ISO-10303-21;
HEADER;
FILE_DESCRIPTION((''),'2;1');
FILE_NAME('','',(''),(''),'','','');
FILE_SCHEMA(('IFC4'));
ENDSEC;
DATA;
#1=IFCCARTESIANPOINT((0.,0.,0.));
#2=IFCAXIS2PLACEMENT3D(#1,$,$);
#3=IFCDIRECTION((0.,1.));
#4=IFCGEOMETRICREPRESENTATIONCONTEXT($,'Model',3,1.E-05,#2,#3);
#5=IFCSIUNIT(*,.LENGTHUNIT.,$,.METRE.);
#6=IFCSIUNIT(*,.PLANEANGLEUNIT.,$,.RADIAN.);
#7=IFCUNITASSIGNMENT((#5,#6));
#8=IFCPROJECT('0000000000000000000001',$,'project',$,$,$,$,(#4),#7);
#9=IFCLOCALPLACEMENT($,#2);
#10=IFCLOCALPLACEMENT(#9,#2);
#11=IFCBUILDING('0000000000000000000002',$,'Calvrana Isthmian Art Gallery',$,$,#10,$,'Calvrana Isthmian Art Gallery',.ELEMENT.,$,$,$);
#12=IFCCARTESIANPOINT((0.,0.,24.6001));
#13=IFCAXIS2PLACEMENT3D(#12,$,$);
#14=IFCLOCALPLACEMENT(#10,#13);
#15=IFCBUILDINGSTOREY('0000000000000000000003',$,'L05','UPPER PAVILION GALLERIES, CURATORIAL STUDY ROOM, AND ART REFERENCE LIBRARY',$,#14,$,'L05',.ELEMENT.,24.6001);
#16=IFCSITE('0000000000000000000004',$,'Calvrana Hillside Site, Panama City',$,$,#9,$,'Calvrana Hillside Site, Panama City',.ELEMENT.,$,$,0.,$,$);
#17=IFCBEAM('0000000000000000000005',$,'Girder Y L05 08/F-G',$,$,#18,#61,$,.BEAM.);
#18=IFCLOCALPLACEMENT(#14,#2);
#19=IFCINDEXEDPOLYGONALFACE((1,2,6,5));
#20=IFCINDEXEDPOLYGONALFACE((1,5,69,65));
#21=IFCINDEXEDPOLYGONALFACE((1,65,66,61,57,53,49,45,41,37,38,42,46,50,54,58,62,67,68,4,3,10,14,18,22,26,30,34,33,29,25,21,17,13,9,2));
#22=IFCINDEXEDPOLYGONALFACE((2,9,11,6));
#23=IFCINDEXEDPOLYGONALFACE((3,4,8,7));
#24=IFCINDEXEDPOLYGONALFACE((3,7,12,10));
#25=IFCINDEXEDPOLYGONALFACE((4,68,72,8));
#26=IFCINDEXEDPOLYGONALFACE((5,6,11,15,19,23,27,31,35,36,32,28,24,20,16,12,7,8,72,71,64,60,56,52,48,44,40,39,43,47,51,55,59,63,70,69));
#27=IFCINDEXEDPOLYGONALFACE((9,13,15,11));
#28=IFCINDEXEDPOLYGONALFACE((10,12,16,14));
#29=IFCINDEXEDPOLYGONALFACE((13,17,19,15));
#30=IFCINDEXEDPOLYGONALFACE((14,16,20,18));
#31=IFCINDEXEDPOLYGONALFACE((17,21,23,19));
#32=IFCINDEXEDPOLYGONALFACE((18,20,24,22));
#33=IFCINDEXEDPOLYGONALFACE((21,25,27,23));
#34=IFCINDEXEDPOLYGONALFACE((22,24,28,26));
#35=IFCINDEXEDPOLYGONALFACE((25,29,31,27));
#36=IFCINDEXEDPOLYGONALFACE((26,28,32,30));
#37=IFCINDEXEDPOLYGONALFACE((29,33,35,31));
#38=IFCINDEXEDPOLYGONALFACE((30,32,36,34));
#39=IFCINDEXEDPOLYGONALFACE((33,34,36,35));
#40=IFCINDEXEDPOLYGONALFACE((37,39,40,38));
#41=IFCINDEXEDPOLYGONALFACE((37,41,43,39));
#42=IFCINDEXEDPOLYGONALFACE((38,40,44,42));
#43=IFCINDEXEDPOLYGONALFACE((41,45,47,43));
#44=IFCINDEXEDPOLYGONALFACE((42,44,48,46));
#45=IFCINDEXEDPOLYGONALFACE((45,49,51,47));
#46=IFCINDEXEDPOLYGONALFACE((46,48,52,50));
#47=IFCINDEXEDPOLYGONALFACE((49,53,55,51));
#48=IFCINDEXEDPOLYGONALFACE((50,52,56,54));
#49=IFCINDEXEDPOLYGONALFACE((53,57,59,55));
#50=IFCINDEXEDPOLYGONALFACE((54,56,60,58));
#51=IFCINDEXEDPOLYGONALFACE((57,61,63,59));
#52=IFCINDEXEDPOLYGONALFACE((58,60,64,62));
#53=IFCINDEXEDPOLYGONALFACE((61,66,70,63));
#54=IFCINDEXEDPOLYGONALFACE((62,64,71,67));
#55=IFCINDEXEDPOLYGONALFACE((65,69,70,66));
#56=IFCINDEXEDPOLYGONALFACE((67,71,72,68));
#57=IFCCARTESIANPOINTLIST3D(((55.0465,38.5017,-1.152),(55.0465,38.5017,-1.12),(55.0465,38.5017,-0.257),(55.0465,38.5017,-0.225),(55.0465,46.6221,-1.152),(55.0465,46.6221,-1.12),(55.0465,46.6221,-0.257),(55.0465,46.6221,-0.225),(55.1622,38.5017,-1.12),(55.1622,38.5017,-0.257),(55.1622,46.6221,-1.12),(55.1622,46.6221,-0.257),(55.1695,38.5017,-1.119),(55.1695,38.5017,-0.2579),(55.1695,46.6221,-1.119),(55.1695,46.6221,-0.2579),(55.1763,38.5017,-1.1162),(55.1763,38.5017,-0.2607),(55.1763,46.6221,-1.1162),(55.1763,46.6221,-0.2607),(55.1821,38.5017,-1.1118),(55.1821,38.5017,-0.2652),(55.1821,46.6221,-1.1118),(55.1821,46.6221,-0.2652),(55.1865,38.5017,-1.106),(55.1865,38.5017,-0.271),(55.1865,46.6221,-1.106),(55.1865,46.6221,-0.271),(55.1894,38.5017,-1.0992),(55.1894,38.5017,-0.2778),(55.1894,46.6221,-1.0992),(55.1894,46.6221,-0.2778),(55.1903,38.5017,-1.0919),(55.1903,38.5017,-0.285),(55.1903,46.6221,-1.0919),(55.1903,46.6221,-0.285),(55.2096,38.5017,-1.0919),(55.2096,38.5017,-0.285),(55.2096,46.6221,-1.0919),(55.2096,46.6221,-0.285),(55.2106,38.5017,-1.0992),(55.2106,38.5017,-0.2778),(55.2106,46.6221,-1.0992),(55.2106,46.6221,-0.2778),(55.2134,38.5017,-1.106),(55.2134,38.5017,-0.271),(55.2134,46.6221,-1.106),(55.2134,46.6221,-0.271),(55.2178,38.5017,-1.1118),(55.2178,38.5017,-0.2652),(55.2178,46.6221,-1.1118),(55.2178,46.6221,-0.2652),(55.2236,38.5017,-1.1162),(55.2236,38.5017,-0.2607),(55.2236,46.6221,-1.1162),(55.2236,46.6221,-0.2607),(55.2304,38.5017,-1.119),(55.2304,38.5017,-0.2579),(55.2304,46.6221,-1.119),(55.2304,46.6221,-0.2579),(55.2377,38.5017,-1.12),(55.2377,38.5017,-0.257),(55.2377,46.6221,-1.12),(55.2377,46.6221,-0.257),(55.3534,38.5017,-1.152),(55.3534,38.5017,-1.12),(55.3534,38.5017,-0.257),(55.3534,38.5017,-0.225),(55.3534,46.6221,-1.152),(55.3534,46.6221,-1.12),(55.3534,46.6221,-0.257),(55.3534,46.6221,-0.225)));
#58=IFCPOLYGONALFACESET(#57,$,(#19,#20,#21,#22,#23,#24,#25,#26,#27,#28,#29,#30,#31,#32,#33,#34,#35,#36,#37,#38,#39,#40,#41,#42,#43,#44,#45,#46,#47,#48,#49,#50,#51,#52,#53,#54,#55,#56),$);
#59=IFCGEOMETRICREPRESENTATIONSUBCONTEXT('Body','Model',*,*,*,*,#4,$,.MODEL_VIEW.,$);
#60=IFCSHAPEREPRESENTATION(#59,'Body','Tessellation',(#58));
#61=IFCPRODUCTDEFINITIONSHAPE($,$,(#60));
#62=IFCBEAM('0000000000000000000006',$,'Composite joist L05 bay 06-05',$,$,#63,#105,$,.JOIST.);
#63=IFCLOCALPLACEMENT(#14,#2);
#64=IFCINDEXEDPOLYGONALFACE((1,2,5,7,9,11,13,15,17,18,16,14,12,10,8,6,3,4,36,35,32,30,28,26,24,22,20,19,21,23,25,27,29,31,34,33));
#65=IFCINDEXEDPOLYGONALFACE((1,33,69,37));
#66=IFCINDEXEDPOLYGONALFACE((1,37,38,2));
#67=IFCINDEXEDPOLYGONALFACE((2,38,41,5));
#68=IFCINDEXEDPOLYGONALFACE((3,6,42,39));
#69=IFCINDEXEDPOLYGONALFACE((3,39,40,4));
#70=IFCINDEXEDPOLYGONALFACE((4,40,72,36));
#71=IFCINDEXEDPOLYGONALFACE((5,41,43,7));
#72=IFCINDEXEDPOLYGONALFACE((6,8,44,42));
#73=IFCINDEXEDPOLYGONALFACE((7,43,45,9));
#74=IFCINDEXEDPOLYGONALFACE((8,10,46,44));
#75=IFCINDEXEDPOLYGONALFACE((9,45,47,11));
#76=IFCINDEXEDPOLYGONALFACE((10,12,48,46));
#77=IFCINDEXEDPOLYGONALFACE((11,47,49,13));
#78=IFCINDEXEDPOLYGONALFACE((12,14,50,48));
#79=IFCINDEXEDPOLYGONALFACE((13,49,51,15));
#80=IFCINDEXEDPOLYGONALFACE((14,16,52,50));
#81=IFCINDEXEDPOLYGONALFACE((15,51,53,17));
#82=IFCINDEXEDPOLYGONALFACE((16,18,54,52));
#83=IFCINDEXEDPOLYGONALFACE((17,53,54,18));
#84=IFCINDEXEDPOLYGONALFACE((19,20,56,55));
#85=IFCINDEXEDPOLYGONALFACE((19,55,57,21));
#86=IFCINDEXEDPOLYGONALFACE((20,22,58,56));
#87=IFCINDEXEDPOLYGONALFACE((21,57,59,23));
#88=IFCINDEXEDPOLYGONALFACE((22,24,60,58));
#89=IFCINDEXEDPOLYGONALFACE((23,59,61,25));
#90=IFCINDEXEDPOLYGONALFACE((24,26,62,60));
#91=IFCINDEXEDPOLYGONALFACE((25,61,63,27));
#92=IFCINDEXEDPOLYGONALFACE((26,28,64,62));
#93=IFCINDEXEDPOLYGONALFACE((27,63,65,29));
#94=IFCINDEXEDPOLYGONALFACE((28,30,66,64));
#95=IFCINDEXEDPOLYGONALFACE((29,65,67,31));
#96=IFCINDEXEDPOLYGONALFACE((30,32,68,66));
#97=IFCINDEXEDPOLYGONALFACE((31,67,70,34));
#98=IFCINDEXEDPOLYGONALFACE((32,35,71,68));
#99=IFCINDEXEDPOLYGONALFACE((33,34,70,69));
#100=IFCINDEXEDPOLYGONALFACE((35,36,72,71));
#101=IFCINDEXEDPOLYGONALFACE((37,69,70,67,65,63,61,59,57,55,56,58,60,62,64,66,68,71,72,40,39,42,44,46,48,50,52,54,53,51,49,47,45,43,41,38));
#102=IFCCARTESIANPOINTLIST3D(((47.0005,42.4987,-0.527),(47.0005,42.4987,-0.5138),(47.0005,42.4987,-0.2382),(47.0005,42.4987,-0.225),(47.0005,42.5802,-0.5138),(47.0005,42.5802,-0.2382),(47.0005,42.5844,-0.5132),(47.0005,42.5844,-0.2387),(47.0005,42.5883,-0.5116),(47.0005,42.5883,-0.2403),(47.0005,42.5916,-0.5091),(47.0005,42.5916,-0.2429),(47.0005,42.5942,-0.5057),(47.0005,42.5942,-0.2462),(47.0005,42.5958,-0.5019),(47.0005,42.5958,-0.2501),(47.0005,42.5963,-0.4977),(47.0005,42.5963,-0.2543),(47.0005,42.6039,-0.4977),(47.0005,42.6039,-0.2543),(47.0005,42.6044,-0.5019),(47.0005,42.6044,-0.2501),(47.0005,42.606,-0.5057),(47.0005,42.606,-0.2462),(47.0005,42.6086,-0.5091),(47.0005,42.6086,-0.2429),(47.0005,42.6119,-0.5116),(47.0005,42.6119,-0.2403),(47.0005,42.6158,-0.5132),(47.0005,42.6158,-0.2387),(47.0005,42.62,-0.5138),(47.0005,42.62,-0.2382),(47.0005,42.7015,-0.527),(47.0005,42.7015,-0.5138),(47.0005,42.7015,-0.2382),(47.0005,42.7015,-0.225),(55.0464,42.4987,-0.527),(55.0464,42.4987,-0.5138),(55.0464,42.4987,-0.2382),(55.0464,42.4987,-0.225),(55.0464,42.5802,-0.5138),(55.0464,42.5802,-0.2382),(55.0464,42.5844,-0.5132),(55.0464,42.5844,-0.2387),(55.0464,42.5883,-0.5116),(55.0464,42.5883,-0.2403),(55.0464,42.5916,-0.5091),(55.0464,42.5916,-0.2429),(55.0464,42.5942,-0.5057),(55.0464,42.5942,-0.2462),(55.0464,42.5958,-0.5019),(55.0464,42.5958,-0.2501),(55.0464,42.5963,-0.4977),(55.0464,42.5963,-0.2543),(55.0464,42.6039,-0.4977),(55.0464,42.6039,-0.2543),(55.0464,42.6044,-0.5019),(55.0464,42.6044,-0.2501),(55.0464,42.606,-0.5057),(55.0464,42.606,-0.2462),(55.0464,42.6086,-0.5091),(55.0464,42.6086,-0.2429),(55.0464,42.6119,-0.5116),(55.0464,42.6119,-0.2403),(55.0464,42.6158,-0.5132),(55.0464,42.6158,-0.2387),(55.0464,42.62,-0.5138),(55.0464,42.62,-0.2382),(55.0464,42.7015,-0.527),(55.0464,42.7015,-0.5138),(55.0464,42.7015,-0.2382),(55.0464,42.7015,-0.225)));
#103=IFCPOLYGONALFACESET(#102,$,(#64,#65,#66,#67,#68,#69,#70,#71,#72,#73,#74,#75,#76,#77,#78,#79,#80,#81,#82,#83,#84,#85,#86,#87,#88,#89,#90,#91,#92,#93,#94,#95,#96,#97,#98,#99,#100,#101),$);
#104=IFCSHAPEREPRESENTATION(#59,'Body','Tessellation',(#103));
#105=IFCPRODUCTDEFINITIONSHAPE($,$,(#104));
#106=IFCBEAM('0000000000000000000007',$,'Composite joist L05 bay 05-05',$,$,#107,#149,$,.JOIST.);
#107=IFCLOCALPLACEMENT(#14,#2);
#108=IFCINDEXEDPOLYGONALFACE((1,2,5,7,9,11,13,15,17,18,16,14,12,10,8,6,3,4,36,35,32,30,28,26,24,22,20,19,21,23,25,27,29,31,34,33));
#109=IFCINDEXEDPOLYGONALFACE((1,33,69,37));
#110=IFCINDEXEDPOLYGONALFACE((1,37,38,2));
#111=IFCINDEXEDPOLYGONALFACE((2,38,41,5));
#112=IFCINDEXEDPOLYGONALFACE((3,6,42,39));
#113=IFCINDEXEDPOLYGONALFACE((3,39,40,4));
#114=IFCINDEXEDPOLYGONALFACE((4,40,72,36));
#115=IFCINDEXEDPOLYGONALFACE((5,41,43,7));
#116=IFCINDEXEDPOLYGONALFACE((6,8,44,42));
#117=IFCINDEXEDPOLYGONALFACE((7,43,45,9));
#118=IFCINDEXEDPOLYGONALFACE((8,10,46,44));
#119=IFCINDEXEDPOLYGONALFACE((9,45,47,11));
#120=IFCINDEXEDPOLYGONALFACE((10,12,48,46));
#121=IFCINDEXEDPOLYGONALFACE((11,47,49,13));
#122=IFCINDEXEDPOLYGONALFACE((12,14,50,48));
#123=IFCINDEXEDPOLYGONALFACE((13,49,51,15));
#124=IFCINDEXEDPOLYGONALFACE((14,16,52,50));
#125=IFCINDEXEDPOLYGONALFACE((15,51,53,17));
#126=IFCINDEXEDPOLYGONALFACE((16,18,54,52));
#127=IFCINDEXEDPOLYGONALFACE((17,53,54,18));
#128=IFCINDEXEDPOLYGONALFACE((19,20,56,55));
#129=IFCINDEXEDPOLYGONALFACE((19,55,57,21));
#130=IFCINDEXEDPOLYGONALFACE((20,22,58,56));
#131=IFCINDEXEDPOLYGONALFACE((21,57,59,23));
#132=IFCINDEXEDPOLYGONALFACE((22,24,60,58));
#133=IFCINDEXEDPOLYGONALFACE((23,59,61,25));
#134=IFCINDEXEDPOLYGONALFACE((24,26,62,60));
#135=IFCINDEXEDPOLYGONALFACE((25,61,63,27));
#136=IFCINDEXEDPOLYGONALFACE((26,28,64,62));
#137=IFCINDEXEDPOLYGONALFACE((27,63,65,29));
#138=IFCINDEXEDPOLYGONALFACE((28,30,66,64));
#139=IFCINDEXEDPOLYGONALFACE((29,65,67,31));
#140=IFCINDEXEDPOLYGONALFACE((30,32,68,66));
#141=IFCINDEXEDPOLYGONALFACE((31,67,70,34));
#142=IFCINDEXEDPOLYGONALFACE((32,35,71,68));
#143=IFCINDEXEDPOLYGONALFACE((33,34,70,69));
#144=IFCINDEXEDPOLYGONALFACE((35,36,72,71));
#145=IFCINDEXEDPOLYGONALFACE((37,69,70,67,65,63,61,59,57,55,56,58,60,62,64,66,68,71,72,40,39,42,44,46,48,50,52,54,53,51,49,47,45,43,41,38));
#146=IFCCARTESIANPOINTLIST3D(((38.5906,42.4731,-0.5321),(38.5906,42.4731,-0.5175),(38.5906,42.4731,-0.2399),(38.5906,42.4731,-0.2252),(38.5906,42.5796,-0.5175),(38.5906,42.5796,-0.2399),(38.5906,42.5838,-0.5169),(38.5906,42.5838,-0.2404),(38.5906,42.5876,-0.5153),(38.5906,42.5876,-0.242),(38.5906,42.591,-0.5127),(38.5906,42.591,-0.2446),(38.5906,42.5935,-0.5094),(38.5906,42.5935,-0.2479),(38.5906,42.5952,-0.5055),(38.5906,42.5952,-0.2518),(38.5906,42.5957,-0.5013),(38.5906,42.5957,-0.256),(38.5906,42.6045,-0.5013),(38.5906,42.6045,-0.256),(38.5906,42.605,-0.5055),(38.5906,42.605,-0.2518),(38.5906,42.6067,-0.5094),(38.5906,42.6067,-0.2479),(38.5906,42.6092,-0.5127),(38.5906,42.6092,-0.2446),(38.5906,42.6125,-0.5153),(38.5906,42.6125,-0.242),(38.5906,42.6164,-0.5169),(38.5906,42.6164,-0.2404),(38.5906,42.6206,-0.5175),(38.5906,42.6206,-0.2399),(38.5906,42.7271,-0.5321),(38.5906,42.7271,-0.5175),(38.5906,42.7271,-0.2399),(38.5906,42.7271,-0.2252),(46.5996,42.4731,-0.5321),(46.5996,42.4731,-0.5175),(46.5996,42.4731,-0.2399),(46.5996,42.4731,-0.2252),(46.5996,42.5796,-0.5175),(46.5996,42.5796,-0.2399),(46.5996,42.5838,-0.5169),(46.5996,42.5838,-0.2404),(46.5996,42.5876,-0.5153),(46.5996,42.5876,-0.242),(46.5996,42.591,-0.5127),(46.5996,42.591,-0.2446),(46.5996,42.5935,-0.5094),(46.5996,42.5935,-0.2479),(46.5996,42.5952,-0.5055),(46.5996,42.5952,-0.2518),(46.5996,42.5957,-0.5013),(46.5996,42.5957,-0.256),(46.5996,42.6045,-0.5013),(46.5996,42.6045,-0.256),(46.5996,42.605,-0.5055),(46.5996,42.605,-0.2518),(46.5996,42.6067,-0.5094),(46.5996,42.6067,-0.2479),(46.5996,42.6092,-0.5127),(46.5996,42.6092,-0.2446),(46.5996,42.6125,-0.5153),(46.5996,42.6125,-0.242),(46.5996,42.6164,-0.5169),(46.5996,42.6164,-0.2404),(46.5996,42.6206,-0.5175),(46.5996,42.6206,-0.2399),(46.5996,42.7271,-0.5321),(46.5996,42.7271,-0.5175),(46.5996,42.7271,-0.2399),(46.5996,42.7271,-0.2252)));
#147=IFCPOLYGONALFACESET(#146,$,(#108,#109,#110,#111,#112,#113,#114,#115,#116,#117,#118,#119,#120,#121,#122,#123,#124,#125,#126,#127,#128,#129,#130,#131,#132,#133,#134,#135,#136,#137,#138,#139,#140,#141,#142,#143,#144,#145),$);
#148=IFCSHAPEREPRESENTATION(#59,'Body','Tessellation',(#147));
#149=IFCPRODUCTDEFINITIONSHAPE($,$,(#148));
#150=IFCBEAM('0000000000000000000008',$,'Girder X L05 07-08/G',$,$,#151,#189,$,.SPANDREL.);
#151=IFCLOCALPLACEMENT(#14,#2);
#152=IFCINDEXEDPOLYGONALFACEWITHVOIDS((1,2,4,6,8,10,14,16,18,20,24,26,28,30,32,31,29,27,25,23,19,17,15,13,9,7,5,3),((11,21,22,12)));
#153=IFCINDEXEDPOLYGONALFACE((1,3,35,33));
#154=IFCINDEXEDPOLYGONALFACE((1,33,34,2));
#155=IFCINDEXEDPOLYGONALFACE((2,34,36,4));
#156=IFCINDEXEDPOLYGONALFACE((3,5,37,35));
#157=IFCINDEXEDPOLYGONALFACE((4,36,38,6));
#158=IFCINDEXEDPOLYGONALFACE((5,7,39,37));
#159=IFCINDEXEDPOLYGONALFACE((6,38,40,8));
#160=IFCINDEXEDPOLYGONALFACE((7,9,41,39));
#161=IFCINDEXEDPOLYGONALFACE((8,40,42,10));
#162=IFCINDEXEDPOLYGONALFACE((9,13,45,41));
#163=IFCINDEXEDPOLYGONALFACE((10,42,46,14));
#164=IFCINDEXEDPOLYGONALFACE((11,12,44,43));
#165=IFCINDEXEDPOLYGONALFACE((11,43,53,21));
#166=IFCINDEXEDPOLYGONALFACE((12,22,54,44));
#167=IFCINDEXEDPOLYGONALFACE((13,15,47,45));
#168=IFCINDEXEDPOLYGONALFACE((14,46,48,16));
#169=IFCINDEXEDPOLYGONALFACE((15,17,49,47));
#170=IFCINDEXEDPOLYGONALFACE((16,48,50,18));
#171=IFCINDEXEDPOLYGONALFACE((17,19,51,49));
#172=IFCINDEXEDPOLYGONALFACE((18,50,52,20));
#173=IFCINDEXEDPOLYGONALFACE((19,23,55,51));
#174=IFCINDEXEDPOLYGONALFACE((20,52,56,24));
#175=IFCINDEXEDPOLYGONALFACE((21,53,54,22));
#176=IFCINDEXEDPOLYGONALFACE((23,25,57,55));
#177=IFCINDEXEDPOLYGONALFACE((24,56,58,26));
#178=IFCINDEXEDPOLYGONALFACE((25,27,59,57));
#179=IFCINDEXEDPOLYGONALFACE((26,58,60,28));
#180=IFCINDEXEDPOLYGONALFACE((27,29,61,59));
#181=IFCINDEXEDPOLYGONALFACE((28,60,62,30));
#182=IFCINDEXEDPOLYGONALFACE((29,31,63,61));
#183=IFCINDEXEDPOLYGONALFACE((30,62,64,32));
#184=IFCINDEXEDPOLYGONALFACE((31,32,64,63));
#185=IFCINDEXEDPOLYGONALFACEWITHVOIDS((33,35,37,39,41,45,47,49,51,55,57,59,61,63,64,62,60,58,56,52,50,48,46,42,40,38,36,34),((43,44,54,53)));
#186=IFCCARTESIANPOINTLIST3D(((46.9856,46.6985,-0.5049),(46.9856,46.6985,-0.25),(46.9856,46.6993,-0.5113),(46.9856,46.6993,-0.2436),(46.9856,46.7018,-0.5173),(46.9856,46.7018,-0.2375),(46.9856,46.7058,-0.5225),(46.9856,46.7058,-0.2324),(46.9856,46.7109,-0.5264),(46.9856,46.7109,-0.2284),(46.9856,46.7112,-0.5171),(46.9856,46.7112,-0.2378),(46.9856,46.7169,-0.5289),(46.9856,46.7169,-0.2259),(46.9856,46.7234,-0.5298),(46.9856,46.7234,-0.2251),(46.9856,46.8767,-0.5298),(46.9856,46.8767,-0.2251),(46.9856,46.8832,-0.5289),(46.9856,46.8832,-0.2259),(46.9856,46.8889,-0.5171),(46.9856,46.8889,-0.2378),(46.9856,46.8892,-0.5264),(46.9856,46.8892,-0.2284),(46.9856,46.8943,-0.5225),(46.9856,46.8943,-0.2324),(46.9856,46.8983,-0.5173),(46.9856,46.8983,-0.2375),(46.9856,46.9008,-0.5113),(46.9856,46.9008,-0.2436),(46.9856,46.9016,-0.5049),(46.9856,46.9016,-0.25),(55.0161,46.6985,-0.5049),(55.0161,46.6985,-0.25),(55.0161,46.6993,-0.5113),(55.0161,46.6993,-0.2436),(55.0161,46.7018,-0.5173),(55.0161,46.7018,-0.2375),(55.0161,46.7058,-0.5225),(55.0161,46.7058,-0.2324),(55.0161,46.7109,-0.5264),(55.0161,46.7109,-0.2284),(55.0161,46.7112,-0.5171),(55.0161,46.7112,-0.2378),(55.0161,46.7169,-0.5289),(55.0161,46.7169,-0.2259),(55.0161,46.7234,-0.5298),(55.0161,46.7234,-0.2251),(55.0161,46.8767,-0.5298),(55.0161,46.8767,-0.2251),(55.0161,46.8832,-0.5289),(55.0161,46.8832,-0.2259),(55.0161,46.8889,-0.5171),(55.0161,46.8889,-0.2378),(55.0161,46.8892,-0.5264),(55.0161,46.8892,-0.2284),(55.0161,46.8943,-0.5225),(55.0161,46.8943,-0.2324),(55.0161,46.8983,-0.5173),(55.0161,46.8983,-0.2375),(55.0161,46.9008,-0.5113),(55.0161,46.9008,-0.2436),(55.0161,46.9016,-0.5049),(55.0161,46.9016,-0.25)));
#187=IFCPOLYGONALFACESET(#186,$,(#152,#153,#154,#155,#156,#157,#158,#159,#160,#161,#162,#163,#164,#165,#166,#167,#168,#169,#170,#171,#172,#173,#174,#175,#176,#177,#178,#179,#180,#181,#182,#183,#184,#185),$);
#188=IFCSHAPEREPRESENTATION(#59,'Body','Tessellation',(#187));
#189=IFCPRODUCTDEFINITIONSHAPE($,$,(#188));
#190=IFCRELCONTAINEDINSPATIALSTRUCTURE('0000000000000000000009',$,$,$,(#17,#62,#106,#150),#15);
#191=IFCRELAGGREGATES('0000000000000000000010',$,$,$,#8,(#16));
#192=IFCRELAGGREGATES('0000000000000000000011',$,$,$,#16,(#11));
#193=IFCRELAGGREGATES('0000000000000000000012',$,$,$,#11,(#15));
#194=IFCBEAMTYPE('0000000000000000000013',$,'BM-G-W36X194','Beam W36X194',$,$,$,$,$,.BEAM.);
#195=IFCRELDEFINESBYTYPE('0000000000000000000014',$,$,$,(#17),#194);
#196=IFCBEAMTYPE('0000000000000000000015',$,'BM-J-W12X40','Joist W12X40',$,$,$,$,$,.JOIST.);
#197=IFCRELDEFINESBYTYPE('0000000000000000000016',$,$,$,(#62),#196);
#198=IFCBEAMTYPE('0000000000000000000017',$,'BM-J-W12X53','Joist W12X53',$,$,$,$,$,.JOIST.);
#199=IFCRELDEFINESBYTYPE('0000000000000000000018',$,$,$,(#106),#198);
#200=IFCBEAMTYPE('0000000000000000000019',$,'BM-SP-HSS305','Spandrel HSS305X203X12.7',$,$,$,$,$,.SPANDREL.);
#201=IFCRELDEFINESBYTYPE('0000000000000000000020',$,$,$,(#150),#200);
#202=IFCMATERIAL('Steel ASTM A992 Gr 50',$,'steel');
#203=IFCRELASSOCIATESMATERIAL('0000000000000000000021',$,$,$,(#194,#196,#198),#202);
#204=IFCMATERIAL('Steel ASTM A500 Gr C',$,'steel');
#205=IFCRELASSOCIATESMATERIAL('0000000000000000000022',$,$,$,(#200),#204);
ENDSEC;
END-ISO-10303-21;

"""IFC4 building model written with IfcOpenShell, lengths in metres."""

from ifc_helpers import new_model, si_unit, direction, frame, origin, origin_2d, place, context, subcontext, project, spatial, hollow_rectangle, i_section, extrude, material, material_profile, profile_set, type_object, element, save


model = new_model("IFC4")

# Units and contexts
model_context = context("Model", 3, precision=1e-05, world=origin(), true_north=direction((0.0, 1.0)))
body_context = subcontext(model_context, "Body", "Model", "MODEL_VIEW")
ifc_project = project(units=[si_unit("LENGTHUNIT", "METRE"), si_unit("PLANEANGLEUNIT", "RADIAN")], contexts=[model_context])

# Site, building, storey
site_placement = place(None, origin())
site = spatial("IfcSite", under=ifc_project, at=site_placement, Name="Calvrana Hillside Site, Panama City", LongName="Calvrana Hillside Site, Panama City", CompositionType="ELEMENT", RefElevation=0.0)
building_placement = place(site_placement, origin())
building = spatial("IfcBuilding", under=site, at=building_placement, Name="Calvrana Isthmian Art Gallery", LongName="Calvrana Isthmian Art Gallery", CompositionType="ELEMENT")
storey_placement = place(building_placement, frame((0.0, 0.0, 24.6001)))
storey = spatial("IfcBuildingStorey", under=building, at=storey_placement, Name="L05", Description="UPPER PAVILION GALLERIES, CURATORIAL STUDY ROOM, AND ART REFERENCE LIBRARY", LongName="L05", CompositionType="ELEMENT", Elevation=24.6001)

# Shared definitions
ifc_material_1 = material(Name="Steel ASTM A500 Gr C", Category="steel")

# Beams
ifc_material_2 = material(Name="Steel ASTM A992 Gr 50", Category="steel")
ifc_material_profile_1 = material_profile(ifc_material_2, i_section(OverallWidth=0.3069, OverallDepth=0.927, WebThickness=0.0193, FlangeThickness=0.032, FilletRadius=0.0281, at=origin_2d()), Name="W36X194")
ifc_profile_set_1 = profile_set([ifc_material_profile_1], Name="Steel ASTM A992 Gr 50")
beam_type_1 = type_object("IfcBeamType", Name="BM-G-W36X194", Description="Beam W36X194", PredefinedType="BEAM", material=ifc_profile_set_1)
beam_1_placement = place(storey_placement, frame((55.2, 38.5017, -0.6885), z_axis=(0.0, 1.0, 0.0), x_axis=(-1.0, 0.0, 0.0)))
element("IfcBeam", 1, at=beam_1_placement, inside=storey, type_object=beam_type_1, Name="Girder Y L05 08/F-G", PredefinedType="BEAM", context=body_context, shape_type="SweptSolid", body=[
    extrude(i_section(OverallWidth=0.3069, OverallDepth=0.927, WebThickness=0.0193, FlangeThickness=0.032, FilletRadius=0.0281, at=origin_2d()), origin(), (0.0, 0.0, 1.0), 8.1204),
])
ifc_material_profile_2 = material_profile(ifc_material_2, i_section(OverallWidth=0.2029, OverallDepth=0.302, WebThickness=0.0076, FlangeThickness=0.0132, FilletRadius=0.0161, at=origin_2d()), Name="W12X40")
ifc_profile_set_2 = profile_set([ifc_material_profile_2], Name="Steel ASTM A992 Gr 50")
beam_type_2 = type_object("IfcBeamType", Name="BM-J-W12X40", Description="Joist W12X40", PredefinedType="JOIST", material=ifc_profile_set_2)
beam_2_placement = place(storey_placement, frame((47.0005, 42.6001, -0.376), z_axis=(1.0, 0.0, 0.0), x_axis=(0.0, 1.0, 0.0)))
element("IfcBeam", 2, at=beam_2_placement, inside=storey, type_object=beam_type_2, Name="Composite joist L05 bay 06-05", PredefinedType="JOIST", context=body_context, shape_type="SweptSolid", body=[
    extrude(i_section(OverallWidth=0.2029, OverallDepth=0.302, WebThickness=0.0076, FlangeThickness=0.0132, FilletRadius=0.0161, at=origin_2d()), origin(), (0.0, 0.0, 1.0), 8.0459),
])
ifc_material_profile_3 = material_profile(ifc_material_2, i_section(OverallWidth=0.2539, OverallDepth=0.3069, WebThickness=0.0088, FlangeThickness=0.0146, FilletRadius=0.0161, at=origin_2d()), Name="W12X53")
ifc_profile_set_3 = profile_set([ifc_material_profile_3], Name="Steel ASTM A992 Gr 50")
beam_type_3 = type_object("IfcBeamType", Name="BM-J-W12X53", Description="Joist W12X53", PredefinedType="JOIST", material=ifc_profile_set_3)
beam_3_placement = place(storey_placement, frame((38.5906, 42.6001, -0.3787), z_axis=(1.0, 0.0, 0.0), x_axis=(0.0, 1.0, 0.0)))
element("IfcBeam", 3, at=beam_3_placement, inside=storey, type_object=beam_type_3, Name="Composite joist L05 bay 05-05", PredefinedType="JOIST", context=body_context, shape_type="SweptSolid", body=[
    extrude(i_section(OverallWidth=0.2539, OverallDepth=0.3069, WebThickness=0.0088, FlangeThickness=0.0146, FilletRadius=0.0161, at=origin_2d()), origin(), (0.0, 0.0, 1.0), 8.009),
])
ifc_material_profile_4 = material_profile(ifc_material_1, hollow_rectangle(XDim=0.2031, YDim=0.3047, WallThickness=0.0127, OuterFilletRadius=0.0249, at=origin_2d()), Name="HSS305X203X12.7")
ifc_profile_set_4 = profile_set([ifc_material_profile_4], Name="Steel ASTM A500 Gr C")
beam_type_4 = type_object("IfcBeamType", Name="BM-SP-HSS305", Description="Spandrel HSS305X203X12.7", PredefinedType="SPANDREL", material=ifc_profile_set_4)
beam_4_placement = place(storey_placement, frame((46.9856, 46.8, -0.3774), z_axis=(1.0, 0.0, 0.0), x_axis=(0.0, 1.0, 0.0)))
element("IfcBeam", 4, at=beam_4_placement, inside=storey, type_object=beam_type_4, Name="Girder X L05 07-08/G", PredefinedType="SPANDREL", context=body_context, shape_type="SweptSolid", body=[
    extrude(hollow_rectangle(XDim=0.2031, YDim=0.3047, WallThickness=0.0127, OuterFilletRadius=0.0249, at=origin_2d()), origin(), (0.0, 0.0, 1.0), 8.0305),
])

save(model, "model.ifc")
